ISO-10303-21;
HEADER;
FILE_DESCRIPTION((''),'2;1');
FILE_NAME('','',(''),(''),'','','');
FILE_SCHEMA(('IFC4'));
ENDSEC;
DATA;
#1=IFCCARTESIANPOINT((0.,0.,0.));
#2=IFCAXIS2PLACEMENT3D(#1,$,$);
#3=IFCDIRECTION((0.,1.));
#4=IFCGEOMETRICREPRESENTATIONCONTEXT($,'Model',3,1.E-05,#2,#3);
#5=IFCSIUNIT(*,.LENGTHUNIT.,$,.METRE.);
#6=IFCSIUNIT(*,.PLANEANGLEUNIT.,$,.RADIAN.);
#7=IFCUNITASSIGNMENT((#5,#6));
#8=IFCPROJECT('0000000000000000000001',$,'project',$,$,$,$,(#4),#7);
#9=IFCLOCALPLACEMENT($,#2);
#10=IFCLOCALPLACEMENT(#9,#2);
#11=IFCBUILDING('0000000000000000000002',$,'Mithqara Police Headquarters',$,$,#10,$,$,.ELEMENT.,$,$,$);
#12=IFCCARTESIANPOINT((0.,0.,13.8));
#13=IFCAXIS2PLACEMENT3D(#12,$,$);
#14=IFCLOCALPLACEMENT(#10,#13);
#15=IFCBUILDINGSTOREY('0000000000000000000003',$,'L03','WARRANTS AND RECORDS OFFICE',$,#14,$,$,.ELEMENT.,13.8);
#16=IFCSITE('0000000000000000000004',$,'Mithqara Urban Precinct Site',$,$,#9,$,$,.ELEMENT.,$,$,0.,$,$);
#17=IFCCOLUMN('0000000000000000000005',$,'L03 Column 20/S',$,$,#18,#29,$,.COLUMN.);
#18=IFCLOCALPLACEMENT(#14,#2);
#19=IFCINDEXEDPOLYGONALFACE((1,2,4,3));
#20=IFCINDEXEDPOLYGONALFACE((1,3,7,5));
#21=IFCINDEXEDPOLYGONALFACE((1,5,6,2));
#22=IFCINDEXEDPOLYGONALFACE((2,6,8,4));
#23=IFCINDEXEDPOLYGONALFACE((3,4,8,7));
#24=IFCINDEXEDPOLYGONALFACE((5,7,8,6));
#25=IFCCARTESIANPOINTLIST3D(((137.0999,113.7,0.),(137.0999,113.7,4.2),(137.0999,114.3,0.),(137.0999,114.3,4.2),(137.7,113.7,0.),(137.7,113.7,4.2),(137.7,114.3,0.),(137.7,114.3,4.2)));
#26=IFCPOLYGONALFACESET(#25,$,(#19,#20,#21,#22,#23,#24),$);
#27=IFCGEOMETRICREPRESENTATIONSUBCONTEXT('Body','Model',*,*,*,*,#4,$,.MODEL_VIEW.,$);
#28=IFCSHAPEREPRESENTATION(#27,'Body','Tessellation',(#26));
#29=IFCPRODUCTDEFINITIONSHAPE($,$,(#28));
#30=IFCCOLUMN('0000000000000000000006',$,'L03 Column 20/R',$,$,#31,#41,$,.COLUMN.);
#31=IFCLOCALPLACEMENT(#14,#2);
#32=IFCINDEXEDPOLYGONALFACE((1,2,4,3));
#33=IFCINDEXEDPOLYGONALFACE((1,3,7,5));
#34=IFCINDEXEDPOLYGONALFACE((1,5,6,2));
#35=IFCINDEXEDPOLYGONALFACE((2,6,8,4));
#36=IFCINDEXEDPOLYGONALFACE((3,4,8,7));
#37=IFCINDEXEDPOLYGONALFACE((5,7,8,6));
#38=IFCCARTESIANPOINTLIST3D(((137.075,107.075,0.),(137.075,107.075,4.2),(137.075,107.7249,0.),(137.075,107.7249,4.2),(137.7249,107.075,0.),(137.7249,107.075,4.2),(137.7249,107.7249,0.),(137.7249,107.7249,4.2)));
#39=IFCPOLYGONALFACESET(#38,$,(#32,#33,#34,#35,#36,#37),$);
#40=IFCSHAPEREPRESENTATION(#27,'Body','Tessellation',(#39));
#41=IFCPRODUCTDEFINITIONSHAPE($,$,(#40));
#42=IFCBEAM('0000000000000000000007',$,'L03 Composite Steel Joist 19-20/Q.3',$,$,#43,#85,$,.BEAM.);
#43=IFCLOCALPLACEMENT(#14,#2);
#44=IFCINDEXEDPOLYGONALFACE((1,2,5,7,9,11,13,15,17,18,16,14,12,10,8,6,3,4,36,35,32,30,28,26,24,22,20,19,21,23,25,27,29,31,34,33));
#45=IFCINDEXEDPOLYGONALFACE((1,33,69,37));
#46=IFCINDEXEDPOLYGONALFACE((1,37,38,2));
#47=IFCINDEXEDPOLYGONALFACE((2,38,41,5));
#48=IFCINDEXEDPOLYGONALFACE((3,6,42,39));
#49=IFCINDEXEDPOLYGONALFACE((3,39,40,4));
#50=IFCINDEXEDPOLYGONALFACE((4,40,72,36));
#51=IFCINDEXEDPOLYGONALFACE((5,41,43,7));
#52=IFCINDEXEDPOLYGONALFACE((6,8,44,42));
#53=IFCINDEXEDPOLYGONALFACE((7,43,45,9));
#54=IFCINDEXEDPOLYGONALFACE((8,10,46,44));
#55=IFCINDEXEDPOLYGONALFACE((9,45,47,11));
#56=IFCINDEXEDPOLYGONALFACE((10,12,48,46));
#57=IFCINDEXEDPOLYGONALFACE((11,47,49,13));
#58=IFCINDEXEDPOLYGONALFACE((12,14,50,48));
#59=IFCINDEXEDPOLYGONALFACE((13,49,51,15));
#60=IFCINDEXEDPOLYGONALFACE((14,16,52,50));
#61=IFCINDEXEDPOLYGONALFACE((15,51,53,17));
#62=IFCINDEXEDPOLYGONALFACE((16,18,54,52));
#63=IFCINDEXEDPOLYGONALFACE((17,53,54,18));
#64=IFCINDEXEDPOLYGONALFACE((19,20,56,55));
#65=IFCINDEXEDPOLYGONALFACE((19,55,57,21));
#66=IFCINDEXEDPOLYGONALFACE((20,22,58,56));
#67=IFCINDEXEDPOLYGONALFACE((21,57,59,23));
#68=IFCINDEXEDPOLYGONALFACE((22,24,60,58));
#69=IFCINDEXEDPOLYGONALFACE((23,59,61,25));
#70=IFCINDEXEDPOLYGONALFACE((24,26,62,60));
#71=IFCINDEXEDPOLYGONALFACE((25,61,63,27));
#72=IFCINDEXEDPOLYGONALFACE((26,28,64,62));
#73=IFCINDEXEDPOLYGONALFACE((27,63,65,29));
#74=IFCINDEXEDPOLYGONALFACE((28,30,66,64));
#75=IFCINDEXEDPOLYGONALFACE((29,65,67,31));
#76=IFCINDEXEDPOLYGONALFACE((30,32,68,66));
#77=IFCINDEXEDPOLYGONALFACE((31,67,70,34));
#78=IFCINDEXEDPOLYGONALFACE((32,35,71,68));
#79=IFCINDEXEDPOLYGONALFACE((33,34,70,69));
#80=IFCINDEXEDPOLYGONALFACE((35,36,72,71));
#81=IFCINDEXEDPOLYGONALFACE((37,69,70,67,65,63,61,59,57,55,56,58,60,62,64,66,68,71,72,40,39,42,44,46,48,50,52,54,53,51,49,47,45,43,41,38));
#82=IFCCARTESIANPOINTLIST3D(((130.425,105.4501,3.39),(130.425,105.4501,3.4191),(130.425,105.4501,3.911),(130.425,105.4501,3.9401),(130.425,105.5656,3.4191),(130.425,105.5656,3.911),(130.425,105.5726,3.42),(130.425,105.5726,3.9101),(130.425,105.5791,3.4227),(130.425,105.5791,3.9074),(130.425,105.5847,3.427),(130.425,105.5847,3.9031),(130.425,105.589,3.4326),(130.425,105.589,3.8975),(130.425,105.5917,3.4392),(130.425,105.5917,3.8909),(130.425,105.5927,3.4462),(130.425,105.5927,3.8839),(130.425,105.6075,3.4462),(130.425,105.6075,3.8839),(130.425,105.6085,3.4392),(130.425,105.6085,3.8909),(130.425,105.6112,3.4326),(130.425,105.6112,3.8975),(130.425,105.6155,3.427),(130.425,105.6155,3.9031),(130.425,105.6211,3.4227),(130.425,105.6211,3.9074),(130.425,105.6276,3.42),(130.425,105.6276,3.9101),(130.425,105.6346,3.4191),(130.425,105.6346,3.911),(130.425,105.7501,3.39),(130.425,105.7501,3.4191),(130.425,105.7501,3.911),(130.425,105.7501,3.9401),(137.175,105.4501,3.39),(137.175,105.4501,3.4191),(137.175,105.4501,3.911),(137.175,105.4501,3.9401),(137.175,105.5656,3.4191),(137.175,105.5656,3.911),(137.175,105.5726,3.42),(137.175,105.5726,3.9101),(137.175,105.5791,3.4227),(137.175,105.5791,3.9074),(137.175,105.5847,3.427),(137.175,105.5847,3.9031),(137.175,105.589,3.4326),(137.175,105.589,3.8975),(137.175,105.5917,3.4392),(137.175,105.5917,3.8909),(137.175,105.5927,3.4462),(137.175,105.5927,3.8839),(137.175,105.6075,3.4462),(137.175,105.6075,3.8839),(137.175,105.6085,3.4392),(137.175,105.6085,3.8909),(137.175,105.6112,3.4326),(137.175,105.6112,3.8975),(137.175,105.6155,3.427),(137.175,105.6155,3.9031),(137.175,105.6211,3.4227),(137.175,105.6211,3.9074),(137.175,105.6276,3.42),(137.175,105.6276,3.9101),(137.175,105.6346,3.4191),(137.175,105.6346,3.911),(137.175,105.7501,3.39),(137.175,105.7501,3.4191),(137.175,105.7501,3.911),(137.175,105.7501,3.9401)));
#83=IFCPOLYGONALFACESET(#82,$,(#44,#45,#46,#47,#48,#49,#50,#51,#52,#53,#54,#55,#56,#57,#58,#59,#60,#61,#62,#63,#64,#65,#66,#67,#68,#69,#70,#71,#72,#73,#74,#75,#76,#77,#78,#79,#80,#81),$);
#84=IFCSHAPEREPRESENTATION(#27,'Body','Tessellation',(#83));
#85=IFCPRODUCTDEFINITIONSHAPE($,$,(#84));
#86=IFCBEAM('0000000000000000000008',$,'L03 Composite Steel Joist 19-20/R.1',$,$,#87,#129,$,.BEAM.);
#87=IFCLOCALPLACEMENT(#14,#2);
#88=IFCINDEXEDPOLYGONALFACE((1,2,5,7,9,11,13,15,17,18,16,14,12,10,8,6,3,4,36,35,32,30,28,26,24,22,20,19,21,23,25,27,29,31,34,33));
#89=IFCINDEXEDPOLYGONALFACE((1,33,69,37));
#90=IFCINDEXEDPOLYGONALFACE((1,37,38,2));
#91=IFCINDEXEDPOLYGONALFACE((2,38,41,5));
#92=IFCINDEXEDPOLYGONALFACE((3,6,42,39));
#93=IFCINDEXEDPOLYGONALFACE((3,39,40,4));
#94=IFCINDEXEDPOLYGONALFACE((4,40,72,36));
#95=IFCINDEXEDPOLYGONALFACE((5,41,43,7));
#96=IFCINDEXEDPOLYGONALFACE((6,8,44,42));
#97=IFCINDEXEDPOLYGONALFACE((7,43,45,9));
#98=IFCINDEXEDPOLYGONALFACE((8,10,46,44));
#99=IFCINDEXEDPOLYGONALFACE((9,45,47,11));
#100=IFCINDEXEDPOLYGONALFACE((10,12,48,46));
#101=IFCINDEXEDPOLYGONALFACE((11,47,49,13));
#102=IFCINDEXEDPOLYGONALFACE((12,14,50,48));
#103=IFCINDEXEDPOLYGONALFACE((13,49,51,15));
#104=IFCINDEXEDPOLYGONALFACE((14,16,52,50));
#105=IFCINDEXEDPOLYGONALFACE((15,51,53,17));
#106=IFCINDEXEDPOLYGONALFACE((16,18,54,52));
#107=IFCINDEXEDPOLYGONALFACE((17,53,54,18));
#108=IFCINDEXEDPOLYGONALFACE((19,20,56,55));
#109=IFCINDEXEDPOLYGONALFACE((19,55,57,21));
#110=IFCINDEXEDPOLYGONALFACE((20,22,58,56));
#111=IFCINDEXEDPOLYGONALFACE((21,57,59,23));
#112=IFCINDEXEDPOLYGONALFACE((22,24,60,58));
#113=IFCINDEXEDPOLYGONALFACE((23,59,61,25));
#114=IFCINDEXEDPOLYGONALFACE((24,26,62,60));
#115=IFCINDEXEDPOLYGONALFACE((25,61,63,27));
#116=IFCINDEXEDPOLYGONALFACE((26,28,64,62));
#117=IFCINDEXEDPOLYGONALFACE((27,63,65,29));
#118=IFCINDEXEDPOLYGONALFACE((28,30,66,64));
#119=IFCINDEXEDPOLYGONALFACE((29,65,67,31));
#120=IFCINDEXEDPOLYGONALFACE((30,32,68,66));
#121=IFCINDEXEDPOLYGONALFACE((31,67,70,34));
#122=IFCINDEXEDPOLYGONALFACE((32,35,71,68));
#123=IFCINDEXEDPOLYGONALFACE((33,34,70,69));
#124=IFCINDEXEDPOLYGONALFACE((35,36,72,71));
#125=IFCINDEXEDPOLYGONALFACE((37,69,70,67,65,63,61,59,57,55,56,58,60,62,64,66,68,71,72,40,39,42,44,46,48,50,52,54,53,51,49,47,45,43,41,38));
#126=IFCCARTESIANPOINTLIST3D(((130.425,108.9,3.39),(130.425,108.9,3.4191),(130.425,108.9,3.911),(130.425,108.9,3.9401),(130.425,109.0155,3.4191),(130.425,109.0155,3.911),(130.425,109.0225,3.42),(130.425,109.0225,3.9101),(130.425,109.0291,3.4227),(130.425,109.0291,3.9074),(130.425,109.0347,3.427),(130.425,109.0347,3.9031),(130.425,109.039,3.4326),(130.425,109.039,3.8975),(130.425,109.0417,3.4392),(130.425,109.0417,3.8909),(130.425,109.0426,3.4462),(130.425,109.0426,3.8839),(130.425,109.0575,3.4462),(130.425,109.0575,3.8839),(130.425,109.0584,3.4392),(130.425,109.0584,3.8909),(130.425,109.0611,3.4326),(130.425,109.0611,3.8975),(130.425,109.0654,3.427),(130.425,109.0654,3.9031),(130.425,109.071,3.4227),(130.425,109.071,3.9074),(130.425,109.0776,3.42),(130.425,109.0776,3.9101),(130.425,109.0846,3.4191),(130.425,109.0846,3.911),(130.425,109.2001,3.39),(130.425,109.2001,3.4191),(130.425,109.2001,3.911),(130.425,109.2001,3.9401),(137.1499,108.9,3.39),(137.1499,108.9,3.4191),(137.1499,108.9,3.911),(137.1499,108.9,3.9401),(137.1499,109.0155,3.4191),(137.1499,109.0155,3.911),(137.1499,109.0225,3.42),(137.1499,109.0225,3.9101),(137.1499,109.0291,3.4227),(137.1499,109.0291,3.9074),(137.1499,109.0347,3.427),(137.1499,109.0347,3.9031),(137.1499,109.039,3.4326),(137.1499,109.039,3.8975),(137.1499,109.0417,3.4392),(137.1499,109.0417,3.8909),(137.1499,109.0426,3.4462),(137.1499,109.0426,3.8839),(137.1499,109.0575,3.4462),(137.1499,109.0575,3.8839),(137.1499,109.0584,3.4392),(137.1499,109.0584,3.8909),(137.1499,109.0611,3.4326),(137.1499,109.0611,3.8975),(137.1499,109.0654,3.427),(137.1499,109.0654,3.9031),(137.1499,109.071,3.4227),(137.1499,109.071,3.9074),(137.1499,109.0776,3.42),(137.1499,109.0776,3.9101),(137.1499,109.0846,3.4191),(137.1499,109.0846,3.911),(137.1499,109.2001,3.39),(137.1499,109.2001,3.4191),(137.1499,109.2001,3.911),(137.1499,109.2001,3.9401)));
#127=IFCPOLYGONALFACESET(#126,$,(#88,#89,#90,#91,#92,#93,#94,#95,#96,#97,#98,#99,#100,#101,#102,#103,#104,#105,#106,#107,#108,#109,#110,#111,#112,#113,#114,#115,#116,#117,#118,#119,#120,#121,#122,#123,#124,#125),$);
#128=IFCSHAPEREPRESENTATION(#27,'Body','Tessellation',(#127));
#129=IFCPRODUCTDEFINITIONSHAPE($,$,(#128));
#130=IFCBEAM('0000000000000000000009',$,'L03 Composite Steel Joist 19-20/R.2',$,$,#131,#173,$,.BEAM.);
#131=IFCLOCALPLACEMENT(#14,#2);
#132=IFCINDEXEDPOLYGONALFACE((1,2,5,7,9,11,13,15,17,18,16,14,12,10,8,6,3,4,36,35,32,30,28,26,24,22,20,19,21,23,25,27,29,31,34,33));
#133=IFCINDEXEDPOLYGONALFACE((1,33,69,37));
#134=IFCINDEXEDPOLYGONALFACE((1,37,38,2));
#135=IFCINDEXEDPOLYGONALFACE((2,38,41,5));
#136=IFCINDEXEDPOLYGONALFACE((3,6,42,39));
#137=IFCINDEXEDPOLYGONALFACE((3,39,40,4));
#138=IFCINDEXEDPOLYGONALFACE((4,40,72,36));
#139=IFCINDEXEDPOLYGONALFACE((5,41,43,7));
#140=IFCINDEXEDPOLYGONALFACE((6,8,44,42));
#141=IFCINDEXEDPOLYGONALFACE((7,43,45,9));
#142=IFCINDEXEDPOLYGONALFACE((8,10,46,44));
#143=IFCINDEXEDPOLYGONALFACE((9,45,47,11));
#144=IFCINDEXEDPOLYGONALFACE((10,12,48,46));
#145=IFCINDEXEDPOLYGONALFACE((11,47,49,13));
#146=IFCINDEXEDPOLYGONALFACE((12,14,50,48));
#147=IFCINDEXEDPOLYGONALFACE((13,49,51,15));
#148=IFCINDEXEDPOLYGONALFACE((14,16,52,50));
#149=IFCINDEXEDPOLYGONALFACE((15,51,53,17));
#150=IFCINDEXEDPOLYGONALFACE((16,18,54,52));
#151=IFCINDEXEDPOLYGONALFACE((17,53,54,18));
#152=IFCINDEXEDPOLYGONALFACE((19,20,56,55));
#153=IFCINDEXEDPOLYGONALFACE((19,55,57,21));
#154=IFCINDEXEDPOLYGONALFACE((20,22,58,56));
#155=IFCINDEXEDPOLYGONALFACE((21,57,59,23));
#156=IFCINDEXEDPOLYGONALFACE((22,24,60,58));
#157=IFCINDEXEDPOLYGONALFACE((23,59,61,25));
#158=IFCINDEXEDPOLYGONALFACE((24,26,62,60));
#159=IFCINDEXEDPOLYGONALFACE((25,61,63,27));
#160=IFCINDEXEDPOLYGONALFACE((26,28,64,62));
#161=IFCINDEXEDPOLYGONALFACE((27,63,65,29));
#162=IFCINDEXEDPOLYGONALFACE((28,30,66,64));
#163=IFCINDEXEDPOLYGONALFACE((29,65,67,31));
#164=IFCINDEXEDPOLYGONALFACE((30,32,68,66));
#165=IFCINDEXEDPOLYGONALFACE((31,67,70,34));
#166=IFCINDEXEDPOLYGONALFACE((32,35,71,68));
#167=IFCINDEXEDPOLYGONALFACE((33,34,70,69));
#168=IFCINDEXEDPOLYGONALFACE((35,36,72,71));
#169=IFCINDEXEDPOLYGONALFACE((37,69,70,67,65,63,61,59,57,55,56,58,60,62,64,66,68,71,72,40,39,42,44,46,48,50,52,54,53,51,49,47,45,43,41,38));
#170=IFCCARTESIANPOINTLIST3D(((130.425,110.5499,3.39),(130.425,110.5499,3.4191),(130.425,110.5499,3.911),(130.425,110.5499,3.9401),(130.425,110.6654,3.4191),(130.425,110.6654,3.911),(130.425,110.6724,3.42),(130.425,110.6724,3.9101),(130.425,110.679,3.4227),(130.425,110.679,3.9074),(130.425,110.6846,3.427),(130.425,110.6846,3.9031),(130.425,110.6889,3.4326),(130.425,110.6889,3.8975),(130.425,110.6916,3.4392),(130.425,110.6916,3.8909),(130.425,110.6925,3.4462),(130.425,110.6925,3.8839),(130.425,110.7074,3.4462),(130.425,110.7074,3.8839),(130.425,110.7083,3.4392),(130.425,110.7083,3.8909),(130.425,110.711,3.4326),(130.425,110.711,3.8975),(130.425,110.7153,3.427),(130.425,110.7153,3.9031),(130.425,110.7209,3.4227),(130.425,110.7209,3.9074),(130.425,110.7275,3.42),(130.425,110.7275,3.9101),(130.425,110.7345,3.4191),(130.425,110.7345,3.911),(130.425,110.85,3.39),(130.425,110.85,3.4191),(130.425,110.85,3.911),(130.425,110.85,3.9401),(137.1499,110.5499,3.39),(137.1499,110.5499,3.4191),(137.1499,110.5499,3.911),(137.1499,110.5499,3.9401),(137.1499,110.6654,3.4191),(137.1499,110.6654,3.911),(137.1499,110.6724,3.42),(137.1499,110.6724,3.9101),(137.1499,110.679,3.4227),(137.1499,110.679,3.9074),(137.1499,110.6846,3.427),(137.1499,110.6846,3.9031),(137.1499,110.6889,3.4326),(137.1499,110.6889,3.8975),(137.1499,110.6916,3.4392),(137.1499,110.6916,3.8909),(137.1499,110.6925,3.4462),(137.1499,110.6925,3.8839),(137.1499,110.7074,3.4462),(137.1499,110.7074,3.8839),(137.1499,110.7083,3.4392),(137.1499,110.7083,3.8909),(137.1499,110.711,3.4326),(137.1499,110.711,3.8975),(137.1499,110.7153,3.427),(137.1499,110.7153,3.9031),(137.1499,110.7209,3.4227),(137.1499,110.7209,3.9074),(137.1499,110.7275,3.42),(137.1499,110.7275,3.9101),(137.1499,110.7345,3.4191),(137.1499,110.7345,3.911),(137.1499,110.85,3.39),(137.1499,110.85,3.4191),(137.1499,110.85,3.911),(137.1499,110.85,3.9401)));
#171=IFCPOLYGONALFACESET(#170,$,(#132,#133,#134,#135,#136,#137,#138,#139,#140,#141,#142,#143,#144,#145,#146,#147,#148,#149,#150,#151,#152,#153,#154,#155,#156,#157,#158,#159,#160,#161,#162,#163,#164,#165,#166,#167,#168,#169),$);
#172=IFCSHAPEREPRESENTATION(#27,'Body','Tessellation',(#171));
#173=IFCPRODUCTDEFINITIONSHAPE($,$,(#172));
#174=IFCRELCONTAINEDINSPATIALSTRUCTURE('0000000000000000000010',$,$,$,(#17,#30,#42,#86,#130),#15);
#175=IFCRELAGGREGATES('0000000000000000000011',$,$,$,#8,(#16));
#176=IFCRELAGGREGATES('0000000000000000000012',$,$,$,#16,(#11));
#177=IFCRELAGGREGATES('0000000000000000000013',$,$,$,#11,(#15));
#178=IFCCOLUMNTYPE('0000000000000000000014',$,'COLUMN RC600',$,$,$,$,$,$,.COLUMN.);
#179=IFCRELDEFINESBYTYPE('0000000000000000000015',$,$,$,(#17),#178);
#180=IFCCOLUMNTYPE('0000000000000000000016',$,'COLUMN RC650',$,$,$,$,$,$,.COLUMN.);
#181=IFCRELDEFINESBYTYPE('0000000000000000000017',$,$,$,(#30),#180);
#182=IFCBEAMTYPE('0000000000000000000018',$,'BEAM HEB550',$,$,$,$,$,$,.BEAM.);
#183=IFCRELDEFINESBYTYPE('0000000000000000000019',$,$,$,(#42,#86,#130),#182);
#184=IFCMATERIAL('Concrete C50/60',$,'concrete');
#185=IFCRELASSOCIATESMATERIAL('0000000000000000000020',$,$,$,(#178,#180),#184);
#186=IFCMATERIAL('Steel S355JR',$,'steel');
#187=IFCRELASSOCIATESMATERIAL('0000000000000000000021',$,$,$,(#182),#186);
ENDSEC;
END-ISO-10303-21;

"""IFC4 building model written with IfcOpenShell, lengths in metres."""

from ifc_helpers import new_model, si_unit, direction, frame, origin, origin_2d, place, context, subcontext, project, spatial, rectangle, i_section, extrude, material, material_profile, profile_set, type_object, element, save


model = new_model("IFC4")

# Units and contexts
model_context = context("Model", 3, precision=1e-05, world=origin(), true_north=direction((0.0, 1.0)))
body_context = subcontext(model_context, "Body", "Model", "MODEL_VIEW")
ifc_project = project(units=[si_unit("LENGTHUNIT", "METRE"), si_unit("PLANEANGLEUNIT", "RADIAN")], contexts=[model_context])

# Site, building, storey
site_placement = place(None, origin())
site = spatial("IfcSite", under=ifc_project, at=site_placement, Name="Mithqara Urban Precinct Site", CompositionType="ELEMENT", RefElevation=0.0)
building_placement = place(site_placement, origin())
building = spatial("IfcBuilding", under=site, at=building_placement, Name="Mithqara Police Headquarters", CompositionType="ELEMENT")
storey_placement = place(building_placement, frame((0.0, 0.0, 13.8)))
storey = spatial("IfcBuildingStorey", under=building, at=storey_placement, Name="L03", Description="WARRANTS AND RECORDS OFFICE", CompositionType="ELEMENT", Elevation=13.8)

# Columns
ifc_material_1 = material(Name="Concrete C50/60", Category="concrete")
ifc_material_profile_1 = material_profile(ifc_material_1, rectangle(XDim=0.6001, YDim=0.6001, at=origin_2d()), Name="RC 600x600")
ifc_profile_set_1 = profile_set([ifc_material_profile_1], Name="Concrete C50/60")
column_type_1 = type_object("IfcColumnType", Name="COLUMN RC600", PredefinedType="COLUMN", material=ifc_profile_set_1)
column_1_placement = place(storey_placement, frame((137.3999, 114.0, 0.0), z_axis=(0.0, 0.0, 1.0), x_axis=(1.0, 0.0, 0.0)))
element("IfcColumn", 1, at=column_1_placement, inside=storey, type_object=column_type_1, Name="L03 Column 20/S", PredefinedType="COLUMN", context=body_context, shape_type="SweptSolid", body=[
    extrude(rectangle(XDim=0.6001, YDim=0.6001, at=origin_2d()), origin(), (0.0, 0.0, 1.0), 4.2),
])
ifc_material_profile_2 = material_profile(ifc_material_1, rectangle(XDim=0.6499, YDim=0.6499, at=origin_2d()), Name="RC 650x650")
ifc_profile_set_2 = profile_set([ifc_material_profile_2], Name="Concrete C50/60")
column_type_2 = type_object("IfcColumnType", Name="COLUMN RC650", PredefinedType="COLUMN", material=ifc_profile_set_2)
column_2_placement = place(storey_placement, frame((137.3999, 107.3999, 0.0), z_axis=(0.0, 0.0, 1.0), x_axis=(1.0, 0.0, 0.0)))
element("IfcColumn", 2, at=column_2_placement, inside=storey, type_object=column_type_2, Name="L03 Column 20/R", PredefinedType="COLUMN", context=body_context, shape_type="SweptSolid", body=[
    extrude(rectangle(XDim=0.6499, YDim=0.6499, at=origin_2d()), origin(), (0.0, 0.0, 1.0), 4.2),
])

# Beams
ifc_material_2 = material(Name="Steel S355JR", Category="steel")
ifc_material_profile_3 = material_profile(ifc_material_2, i_section(OverallWidth=0.3, OverallDepth=0.55, WebThickness=0.0149, FlangeThickness=0.0291, FilletRadius=0.0271, at=origin_2d()), Name="HEB 550")
ifc_profile_set_3 = profile_set([ifc_material_profile_3], Name="Steel S355JR")
beam_type_1 = type_object("IfcBeamType", Name="BEAM HEB550", PredefinedType="BEAM", material=ifc_profile_set_3)
beam_1_placement = place(storey_placement, frame((130.425, 105.6001, 3.665), z_axis=(1.0, 0.0, 0.0), x_axis=(0.0, 1.0, 0.0)))
element("IfcBeam", 3, at=beam_1_placement, inside=storey, type_object=beam_type_1, Name="L03 Composite Steel Joist 19-20/Q.3", PredefinedType="BEAM", context=body_context, shape_type="SweptSolid", body=[
    extrude(i_section(OverallWidth=0.3, OverallDepth=0.55, WebThickness=0.0149, FlangeThickness=0.0291, FilletRadius=0.0271, at=origin_2d()), origin(), (0.0, 0.0, 1.0), 6.75),
])
for number, where, z_axis, x_axis, name in (
    (4, (130.425, 109.05, 3.665), (1.0, 0.0, 0.0), (0.0, 1.0, 0.0), "L03 Composite Steel Joist 19-20/R.1"),
    (5, (130.425, 110.7, 3.665), (1.0, 0.0, 0.0), (0.0, 1.0, 0.0), "L03 Composite Steel Joist 19-20/R.2"),
):
    element("IfcBeam", number, at=place(storey_placement, frame(where, z_axis=z_axis, x_axis=x_axis)), inside=storey, type_object=beam_type_1, Name=name, PredefinedType="BEAM", context=body_context, shape_type="SweptSolid", body=[
        extrude(i_section(OverallWidth=0.3, OverallDepth=0.55, WebThickness=0.0149, FlangeThickness=0.0291, FilletRadius=0.0271, at=origin_2d()), origin(), (0.0, 0.0, 1.0), 6.7249),
    ])

save(model, "model.ifc")
